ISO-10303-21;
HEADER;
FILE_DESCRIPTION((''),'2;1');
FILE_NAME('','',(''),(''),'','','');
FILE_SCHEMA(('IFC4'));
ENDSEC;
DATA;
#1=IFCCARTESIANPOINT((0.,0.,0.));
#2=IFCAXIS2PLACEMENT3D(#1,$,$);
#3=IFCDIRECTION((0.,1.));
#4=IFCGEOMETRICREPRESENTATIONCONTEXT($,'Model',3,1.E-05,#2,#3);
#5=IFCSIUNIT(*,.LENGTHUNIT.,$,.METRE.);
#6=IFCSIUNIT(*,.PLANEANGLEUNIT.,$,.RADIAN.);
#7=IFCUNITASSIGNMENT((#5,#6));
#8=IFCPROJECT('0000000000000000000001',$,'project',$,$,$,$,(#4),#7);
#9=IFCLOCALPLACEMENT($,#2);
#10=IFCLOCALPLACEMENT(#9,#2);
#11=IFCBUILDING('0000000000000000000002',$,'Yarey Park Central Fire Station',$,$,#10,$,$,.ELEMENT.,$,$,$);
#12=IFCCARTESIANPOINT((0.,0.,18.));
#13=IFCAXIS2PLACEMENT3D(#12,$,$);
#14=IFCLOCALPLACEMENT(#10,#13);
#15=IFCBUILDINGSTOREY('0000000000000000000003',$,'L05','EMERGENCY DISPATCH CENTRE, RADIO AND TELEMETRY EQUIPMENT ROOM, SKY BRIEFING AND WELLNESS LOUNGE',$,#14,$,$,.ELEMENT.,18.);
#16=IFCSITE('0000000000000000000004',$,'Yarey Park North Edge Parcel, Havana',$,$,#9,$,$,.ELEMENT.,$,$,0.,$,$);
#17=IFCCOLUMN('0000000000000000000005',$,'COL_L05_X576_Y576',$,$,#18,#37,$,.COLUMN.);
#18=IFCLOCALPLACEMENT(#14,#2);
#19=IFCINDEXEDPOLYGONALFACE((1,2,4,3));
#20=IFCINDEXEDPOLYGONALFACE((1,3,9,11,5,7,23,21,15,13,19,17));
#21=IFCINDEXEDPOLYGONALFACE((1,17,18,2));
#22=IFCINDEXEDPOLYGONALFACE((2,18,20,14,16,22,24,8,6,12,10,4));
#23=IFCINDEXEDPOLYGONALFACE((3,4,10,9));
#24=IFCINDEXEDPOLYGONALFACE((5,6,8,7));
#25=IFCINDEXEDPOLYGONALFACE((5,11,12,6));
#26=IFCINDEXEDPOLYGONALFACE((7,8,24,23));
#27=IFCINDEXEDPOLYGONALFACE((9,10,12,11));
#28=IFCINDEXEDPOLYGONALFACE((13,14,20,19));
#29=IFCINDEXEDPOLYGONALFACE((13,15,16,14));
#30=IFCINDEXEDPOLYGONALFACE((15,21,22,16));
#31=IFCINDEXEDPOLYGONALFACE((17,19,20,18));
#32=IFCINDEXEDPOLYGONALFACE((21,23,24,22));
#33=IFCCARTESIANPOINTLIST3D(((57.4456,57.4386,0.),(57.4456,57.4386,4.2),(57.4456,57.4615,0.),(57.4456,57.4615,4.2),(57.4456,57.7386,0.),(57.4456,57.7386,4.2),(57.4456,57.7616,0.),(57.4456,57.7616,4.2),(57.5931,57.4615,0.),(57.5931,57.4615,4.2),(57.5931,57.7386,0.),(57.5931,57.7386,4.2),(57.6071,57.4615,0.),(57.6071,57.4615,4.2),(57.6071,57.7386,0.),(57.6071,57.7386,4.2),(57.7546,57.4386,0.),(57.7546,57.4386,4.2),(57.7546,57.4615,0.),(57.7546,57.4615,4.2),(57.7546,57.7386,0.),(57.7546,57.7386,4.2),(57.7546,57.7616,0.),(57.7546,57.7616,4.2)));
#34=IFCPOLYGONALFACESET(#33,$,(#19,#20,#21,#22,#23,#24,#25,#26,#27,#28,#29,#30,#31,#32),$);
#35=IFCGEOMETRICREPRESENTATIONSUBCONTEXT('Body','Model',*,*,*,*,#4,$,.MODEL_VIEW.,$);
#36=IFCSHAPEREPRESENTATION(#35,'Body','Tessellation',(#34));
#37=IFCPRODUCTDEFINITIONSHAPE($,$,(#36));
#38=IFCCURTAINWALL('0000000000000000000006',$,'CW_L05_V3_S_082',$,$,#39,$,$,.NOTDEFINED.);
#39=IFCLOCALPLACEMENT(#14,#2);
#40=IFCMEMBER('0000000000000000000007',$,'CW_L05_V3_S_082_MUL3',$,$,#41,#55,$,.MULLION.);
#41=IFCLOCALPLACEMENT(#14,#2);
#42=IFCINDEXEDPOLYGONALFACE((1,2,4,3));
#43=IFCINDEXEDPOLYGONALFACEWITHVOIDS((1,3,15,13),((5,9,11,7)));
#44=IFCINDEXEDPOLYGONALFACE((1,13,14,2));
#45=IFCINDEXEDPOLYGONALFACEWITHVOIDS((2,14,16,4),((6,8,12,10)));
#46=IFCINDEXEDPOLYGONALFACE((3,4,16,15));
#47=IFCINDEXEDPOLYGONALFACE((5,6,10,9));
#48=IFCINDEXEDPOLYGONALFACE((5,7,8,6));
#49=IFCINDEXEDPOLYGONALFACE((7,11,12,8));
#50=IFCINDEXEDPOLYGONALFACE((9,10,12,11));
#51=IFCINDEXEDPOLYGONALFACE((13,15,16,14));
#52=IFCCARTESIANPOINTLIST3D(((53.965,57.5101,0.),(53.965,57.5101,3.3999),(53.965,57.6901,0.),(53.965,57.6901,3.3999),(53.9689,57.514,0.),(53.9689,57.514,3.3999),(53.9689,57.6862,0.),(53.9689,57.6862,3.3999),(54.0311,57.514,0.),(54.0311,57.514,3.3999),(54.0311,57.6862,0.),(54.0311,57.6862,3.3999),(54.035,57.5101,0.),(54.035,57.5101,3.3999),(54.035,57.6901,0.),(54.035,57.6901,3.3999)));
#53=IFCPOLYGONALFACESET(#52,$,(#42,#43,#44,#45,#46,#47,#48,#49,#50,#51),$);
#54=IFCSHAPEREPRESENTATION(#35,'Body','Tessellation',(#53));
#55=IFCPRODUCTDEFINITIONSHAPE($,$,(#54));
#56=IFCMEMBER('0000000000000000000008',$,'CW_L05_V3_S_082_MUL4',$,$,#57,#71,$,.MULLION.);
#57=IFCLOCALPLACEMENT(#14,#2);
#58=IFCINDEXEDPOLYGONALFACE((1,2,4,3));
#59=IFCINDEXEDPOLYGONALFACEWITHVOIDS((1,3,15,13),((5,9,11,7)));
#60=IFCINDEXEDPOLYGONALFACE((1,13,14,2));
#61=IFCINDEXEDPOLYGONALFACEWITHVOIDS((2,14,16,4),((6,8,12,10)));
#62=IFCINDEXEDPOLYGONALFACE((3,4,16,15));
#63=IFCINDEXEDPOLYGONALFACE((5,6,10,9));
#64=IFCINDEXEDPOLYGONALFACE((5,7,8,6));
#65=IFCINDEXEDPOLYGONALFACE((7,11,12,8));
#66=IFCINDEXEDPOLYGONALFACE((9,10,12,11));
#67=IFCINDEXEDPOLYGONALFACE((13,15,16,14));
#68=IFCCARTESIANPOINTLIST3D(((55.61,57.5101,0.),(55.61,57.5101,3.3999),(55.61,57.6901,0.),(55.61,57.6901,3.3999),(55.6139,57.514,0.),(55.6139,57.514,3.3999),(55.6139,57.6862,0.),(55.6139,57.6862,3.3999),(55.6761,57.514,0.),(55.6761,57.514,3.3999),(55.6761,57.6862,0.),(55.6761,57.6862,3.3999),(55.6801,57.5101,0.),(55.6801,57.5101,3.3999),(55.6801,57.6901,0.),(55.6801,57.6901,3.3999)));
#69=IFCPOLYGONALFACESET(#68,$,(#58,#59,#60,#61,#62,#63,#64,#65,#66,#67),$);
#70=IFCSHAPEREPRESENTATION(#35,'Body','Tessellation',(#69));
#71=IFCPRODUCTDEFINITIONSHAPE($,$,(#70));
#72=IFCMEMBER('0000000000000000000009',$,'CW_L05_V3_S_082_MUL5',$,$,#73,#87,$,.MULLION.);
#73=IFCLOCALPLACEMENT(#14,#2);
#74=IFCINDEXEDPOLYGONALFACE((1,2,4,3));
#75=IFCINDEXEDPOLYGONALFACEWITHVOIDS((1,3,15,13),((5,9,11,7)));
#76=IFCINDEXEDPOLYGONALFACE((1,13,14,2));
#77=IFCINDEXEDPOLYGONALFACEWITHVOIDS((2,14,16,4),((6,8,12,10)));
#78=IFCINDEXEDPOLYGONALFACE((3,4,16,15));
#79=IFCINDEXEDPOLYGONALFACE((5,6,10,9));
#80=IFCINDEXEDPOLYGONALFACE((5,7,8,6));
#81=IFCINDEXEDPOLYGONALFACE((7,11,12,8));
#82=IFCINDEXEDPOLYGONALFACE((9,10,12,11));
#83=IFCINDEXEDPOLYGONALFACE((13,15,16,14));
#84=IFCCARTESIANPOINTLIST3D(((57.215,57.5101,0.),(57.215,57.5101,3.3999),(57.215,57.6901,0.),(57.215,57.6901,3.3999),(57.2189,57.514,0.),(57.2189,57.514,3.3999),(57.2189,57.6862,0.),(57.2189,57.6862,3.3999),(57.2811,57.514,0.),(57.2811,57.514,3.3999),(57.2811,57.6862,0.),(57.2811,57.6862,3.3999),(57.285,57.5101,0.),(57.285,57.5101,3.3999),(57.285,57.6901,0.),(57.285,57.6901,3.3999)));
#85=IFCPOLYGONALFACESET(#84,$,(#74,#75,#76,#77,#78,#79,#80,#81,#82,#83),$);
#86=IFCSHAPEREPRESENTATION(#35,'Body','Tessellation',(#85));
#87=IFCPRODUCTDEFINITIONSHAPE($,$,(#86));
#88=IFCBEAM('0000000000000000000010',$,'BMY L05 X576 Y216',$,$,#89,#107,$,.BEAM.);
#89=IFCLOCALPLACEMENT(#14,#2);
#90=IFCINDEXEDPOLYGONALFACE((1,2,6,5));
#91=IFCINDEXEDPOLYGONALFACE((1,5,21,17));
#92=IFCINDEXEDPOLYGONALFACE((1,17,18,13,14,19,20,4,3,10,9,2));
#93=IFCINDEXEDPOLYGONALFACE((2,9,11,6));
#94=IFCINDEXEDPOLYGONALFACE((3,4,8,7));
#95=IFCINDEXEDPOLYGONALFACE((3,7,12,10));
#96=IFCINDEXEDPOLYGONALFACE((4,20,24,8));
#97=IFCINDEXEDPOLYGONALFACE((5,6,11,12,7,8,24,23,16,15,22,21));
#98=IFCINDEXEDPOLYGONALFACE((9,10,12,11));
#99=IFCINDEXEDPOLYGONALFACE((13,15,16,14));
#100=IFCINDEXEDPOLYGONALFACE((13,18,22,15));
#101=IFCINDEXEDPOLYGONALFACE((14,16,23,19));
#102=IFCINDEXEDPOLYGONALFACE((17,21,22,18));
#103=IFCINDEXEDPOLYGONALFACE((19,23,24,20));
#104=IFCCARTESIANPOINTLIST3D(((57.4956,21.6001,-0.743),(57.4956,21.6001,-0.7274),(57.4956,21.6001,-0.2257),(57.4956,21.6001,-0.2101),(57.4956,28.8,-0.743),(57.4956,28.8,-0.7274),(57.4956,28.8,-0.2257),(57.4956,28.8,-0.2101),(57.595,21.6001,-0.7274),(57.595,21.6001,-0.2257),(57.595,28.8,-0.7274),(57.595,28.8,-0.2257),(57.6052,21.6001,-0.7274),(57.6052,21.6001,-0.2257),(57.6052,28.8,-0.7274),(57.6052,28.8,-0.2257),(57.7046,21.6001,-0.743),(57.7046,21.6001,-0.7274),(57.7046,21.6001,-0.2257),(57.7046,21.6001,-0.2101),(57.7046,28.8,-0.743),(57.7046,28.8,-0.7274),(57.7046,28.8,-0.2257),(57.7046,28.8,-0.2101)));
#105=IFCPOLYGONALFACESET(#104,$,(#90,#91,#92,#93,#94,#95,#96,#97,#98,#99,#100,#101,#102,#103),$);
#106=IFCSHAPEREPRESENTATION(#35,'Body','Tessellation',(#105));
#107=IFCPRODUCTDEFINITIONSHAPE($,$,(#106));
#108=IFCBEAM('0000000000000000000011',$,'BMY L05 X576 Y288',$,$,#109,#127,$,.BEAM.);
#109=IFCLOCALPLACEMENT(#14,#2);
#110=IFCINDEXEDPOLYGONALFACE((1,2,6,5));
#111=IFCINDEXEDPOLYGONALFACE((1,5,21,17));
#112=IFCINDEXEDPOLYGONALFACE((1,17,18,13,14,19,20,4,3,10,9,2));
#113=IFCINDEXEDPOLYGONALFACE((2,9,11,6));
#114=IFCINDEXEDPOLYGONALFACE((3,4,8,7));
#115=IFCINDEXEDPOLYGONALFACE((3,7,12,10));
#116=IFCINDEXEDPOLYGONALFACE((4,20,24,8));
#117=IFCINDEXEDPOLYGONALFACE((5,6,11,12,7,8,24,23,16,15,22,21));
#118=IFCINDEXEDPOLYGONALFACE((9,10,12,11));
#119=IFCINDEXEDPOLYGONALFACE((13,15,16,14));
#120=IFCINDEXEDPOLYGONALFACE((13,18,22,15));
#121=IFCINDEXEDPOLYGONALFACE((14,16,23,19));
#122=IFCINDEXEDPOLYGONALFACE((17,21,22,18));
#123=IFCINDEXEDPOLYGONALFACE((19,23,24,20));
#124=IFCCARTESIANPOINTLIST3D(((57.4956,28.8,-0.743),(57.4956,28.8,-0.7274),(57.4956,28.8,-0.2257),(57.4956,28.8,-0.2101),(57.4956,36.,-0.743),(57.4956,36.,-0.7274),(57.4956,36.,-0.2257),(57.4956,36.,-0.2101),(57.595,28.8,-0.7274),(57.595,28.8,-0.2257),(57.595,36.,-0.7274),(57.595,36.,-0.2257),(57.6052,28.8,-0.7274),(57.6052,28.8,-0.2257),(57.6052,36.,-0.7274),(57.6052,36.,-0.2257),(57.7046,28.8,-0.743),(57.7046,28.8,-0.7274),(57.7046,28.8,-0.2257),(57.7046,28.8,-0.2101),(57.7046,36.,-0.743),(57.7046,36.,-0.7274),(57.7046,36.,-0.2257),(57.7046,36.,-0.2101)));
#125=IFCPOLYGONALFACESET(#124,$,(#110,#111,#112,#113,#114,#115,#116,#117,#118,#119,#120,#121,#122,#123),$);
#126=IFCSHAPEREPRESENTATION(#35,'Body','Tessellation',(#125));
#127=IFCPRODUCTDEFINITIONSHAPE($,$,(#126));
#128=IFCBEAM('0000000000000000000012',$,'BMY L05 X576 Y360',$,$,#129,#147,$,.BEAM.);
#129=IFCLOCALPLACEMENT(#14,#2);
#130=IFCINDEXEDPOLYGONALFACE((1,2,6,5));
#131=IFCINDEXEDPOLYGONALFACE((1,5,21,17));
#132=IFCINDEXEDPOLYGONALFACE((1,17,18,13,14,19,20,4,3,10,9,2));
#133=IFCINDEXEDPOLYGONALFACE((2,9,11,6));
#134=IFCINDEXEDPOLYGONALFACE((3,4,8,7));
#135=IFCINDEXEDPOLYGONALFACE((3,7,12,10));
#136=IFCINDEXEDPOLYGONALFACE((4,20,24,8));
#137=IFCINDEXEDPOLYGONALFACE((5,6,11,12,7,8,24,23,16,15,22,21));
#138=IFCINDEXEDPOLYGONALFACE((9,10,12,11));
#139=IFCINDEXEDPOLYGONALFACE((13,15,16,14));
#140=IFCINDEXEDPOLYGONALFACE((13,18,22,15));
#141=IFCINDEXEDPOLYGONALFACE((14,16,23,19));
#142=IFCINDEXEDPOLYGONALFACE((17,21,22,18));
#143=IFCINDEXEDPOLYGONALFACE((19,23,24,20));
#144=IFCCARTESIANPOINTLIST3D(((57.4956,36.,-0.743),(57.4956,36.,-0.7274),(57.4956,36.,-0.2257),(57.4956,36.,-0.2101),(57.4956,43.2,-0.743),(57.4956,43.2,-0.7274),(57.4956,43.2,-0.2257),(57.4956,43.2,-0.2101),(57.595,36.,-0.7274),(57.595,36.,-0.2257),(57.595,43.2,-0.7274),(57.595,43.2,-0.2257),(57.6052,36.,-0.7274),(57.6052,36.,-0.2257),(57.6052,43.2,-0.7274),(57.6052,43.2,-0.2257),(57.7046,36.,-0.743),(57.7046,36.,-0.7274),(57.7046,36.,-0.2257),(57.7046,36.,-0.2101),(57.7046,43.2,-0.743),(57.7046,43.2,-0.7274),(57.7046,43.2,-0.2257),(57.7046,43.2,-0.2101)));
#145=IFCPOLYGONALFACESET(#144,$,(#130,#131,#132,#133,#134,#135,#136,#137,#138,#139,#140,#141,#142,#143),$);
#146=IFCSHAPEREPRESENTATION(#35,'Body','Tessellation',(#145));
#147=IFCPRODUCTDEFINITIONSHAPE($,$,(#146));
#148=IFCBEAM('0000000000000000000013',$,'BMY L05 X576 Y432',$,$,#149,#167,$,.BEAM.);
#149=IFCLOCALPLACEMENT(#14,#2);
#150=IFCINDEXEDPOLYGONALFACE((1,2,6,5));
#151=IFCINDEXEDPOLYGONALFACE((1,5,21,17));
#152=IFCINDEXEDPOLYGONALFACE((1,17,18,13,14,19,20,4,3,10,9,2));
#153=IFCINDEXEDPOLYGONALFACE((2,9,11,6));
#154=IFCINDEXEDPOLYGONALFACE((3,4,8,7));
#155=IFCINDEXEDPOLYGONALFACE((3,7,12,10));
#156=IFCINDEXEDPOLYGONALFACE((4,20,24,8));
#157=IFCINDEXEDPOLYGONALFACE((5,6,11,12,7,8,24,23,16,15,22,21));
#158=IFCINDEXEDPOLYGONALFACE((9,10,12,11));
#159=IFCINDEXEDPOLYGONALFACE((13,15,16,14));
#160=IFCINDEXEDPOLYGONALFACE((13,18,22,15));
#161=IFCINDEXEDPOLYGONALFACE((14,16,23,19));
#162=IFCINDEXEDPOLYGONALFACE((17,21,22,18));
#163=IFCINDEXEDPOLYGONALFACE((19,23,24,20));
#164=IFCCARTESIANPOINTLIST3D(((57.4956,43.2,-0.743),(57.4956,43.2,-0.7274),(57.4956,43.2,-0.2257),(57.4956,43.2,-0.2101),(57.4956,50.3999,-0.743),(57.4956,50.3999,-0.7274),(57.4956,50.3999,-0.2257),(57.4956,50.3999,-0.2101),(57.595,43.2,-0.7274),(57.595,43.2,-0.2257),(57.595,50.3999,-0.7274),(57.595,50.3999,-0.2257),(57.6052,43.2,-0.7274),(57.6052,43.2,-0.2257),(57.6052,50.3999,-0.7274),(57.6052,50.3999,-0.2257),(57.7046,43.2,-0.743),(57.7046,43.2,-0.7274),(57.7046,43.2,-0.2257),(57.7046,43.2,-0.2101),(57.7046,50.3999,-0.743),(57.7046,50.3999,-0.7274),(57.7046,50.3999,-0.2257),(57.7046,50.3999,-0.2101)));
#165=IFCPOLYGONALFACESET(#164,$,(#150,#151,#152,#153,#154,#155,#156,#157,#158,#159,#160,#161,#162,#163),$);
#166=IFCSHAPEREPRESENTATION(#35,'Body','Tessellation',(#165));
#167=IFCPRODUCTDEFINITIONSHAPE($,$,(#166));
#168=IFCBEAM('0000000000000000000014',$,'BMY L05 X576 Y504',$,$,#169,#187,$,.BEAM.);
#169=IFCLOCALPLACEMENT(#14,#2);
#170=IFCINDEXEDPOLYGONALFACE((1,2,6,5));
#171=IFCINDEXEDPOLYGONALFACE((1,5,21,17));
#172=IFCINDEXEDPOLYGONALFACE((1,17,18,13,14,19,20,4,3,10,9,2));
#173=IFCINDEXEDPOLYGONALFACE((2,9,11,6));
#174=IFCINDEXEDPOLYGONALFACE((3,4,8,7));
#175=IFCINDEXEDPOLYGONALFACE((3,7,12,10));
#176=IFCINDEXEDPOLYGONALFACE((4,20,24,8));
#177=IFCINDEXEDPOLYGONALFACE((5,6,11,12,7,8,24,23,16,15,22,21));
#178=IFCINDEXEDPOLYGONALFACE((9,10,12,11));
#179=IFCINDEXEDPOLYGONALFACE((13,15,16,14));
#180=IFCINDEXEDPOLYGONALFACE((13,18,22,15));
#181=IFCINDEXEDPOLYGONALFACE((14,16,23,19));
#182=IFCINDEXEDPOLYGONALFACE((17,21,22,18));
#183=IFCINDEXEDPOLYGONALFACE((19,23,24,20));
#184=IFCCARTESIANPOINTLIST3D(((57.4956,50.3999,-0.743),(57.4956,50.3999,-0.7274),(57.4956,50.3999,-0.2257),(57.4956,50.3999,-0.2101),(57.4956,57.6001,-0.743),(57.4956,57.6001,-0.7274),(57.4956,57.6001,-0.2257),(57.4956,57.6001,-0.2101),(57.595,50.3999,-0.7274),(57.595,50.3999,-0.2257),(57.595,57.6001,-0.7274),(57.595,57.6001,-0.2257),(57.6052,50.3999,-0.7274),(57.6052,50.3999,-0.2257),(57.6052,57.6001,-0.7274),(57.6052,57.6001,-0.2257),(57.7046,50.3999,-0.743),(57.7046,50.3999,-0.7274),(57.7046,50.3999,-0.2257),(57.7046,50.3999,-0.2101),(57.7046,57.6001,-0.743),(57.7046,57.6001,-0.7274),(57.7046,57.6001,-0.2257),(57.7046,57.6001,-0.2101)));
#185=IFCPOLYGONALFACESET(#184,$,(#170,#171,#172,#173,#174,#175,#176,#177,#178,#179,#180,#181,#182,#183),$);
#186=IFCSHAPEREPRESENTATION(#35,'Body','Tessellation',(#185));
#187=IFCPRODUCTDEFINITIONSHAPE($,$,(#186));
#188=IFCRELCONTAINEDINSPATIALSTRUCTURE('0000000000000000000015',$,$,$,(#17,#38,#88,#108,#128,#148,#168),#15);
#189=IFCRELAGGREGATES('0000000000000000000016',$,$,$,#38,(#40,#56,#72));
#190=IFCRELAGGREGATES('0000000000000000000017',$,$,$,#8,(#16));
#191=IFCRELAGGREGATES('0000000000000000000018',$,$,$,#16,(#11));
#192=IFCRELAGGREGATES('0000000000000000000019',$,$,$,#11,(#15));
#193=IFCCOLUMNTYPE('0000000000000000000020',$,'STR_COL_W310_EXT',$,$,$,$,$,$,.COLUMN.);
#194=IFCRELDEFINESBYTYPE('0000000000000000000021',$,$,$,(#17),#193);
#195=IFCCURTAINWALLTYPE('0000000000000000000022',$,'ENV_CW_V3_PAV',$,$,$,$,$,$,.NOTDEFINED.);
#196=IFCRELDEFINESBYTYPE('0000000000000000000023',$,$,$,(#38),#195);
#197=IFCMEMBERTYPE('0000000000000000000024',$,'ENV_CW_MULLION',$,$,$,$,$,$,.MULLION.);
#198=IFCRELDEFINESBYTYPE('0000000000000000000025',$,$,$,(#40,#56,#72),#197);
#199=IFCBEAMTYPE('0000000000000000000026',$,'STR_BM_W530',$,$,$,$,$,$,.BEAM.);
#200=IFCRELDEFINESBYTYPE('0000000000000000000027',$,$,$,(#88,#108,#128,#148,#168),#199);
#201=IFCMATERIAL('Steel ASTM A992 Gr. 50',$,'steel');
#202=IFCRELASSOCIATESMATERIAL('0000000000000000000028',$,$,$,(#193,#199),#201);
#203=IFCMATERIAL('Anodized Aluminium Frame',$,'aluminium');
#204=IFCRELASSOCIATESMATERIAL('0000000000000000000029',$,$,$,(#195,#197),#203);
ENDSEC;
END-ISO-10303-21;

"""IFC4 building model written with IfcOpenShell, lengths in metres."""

from ifc_helpers import new_model, si_unit, direction, frame, origin, origin_2d, place, context, subcontext, project, spatial, hollow_rectangle, i_section, extrude, material, material_profile, profile_set, type_object, element, aggregate, save


model = new_model("IFC4")

# Units and contexts
model_context = context("Model", 3, precision=1e-05, world=origin(), true_north=direction((0.0, 1.0)))
body_context = subcontext(model_context, "Body", "Model", "MODEL_VIEW")
ifc_project = project(units=[si_unit("LENGTHUNIT", "METRE"), si_unit("PLANEANGLEUNIT", "RADIAN")], contexts=[model_context])

# Site, building, storey
site_placement = place(None, origin())
site = spatial("IfcSite", under=ifc_project, at=site_placement, Name="Yarey Park North Edge Parcel, Havana", CompositionType="ELEMENT", RefElevation=0.0)
building_placement = place(site_placement, origin())
building = spatial("IfcBuilding", under=site, at=building_placement, Name="Yarey Park Central Fire Station", CompositionType="ELEMENT")
storey_placement = place(building_placement, frame((0.0, 0.0, 18.0)))
storey = spatial("IfcBuildingStorey", under=building, at=storey_placement, Name="L05", Description="EMERGENCY DISPATCH CENTRE, RADIO AND TELEMETRY EQUIPMENT ROOM, SKY BRIEFING AND WELLNESS LOUNGE", CompositionType="ELEMENT", Elevation=18.0)

# Column
ifc_material_1 = material(Name="Steel ASTM A992 Gr. 50", Category="steel")
ifc_material_profile_1 = material_profile(ifc_material_1, i_section(OverallWidth=0.3091, OverallDepth=0.323, WebThickness=0.0139, FlangeThickness=0.0229, at=origin_2d()), Name="W310x143")
ifc_profile_set_1 = profile_set([ifc_material_profile_1], Name="Steel ASTM A992 Gr. 50")
column_type = type_object("IfcColumnType", Name="STR_COL_W310_EXT", PredefinedType="COLUMN", material=ifc_profile_set_1)
column_placement = place(storey_placement, frame((57.6001, 57.6001, 0.0), z_axis=(0.0, 0.0, 1.0), x_axis=(1.0, 0.0, 0.0)))
element("IfcColumn", 1, at=column_placement, inside=storey, type_object=column_type, Name="COL_L05_X576_Y576", PredefinedType="COLUMN", context=body_context, shape_type="SweptSolid", body=[
    extrude(i_section(OverallWidth=0.3091, OverallDepth=0.323, WebThickness=0.0139, FlangeThickness=0.0229, at=origin_2d()), origin(), (0.0, 0.0, 1.0), 4.2),
])

# Curtain wall, members
ifc_material_2 = material(Name="Anodized Aluminium Frame", Category="aluminium")
curtain_wall_type = type_object("IfcCurtainWallType", Name="ENV_CW_V3_PAV", PredefinedType="NOTDEFINED", material=ifc_material_2)
curtain_wall_placement = place(storey_placement, origin())
curtain_wall = element("IfcCurtainWall", 2, at=curtain_wall_placement, inside=storey, type_object=curtain_wall_type, Name="CW_L05_V3_S_082", PredefinedType="NOTDEFINED")
ifc_material_profile_2 = material_profile(ifc_material_2, hollow_rectangle(XDim=0.0701, YDim=0.1799, WallThickness=0.0039, at=origin_2d()), Name="ALU 180x70x4")
ifc_profile_set_2 = profile_set([ifc_material_profile_2], Name="Anodized Aluminium Frame")
member_type = type_object("IfcMemberType", Name="ENV_CW_MULLION", PredefinedType="MULLION", material=ifc_profile_set_2)
member_1_placement = place(storey_placement, frame((54.0, 57.6001, 0.0), z_axis=(0.0, 0.0, 1.0), x_axis=(1.0, 0.0, 0.0)))
member_1 = element("IfcMember", 3, at=member_1_placement, type_object=member_type, Name="CW_L05_V3_S_082_MUL3", PredefinedType="MULLION", context=body_context, shape_type="SweptSolid", body=[
    extrude(hollow_rectangle(XDim=0.0701, YDim=0.1799, WallThickness=0.0039, at=origin_2d()), origin(), (0.0, 0.0, 1.0), 3.3999),
])
member_2_placement = place(storey_placement, frame((55.645, 57.6001, 0.0), z_axis=(0.0, 0.0, 1.0), x_axis=(1.0, 0.0, 0.0)))
member_2 = element("IfcMember", 4, at=member_2_placement, type_object=member_type, Name="CW_L05_V3_S_082_MUL4", PredefinedType="MULLION", context=body_context, shape_type="SweptSolid", body=[
    extrude(hollow_rectangle(XDim=0.0701, YDim=0.1799, WallThickness=0.0039, at=origin_2d()), origin(), (0.0, 0.0, 1.0), 3.3999),
])
member_3_placement = place(storey_placement, frame((57.25, 57.6001, 0.0), z_axis=(0.0, 0.0, 1.0), x_axis=(1.0, 0.0, 0.0)))
member_3 = element("IfcMember", 5, at=member_3_placement, type_object=member_type, Name="CW_L05_V3_S_082_MUL5", PredefinedType="MULLION", context=body_context, shape_type="SweptSolid", body=[
    extrude(hollow_rectangle(XDim=0.0701, YDim=0.1799, WallThickness=0.0039, at=origin_2d()), origin(), (0.0, 0.0, 1.0), 3.3999),
])

# Beams
ifc_material_profile_3 = material_profile(ifc_material_1, i_section(OverallWidth=0.209, OverallDepth=0.533, WebThickness=0.0103, FlangeThickness=0.0156, at=origin_2d()), Name="W530x92")
ifc_profile_set_3 = profile_set([ifc_material_profile_3], Name="Steel ASTM A992 Gr. 50")
beam_type_1 = type_object("IfcBeamType", Name="STR_BM_W530", PredefinedType="BEAM", material=ifc_profile_set_3)
for number, where, z_axis, x_axis, name in (
    (6, (57.6001, 21.6001, -0.4766), (0.0, 1.0, 0.0), (-1.0, 0.0, 0.0), "BMY L05 X576 Y216"),
    (7, (57.6001, 28.8, -0.4766), (0.0, 1.0, 0.0), (-1.0, 0.0, 0.0), "BMY L05 X576 Y288"),
    (8, (57.6001, 36.0, -0.4766), (0.0, 1.0, 0.0), (-1.0, 0.0, 0.0), "BMY L05 X576 Y360"),
    (9, (57.6001, 43.2, -0.4766), (0.0, 1.0, 0.0), (-1.0, 0.0, 0.0), "BMY L05 X576 Y432"),
):
    element("IfcBeam", number, at=place(storey_placement, frame(where, z_axis=z_axis, x_axis=x_axis)), inside=storey, type_object=beam_type_1, Name=name, PredefinedType="BEAM", context=body_context, shape_type="SweptSolid", body=[
        extrude(i_section(OverallWidth=0.209, OverallDepth=0.533, WebThickness=0.0103, FlangeThickness=0.0156, at=origin_2d()), origin(), (0.0, 0.0, 1.0), 7.2),
    ])
beam_1_placement = place(storey_placement, frame((57.6001, 50.3999, -0.4766), z_axis=(0.0, 1.0, 0.0), x_axis=(-1.0, 0.0, 0.0)))
element("IfcBeam", 10, at=beam_1_placement, inside=storey, type_object=beam_type_1, Name="BMY L05 X576 Y504", PredefinedType="BEAM", context=body_context, shape_type="SweptSolid", body=[
    extrude(i_section(OverallWidth=0.209, OverallDepth=0.533, WebThickness=0.0103, FlangeThickness=0.0156, at=origin_2d()), origin(), (0.0, 0.0, 1.0), 7.2002),
])

aggregate(curtain_wall, [member_1, member_2, member_3])

save(model, "model.ifc")
